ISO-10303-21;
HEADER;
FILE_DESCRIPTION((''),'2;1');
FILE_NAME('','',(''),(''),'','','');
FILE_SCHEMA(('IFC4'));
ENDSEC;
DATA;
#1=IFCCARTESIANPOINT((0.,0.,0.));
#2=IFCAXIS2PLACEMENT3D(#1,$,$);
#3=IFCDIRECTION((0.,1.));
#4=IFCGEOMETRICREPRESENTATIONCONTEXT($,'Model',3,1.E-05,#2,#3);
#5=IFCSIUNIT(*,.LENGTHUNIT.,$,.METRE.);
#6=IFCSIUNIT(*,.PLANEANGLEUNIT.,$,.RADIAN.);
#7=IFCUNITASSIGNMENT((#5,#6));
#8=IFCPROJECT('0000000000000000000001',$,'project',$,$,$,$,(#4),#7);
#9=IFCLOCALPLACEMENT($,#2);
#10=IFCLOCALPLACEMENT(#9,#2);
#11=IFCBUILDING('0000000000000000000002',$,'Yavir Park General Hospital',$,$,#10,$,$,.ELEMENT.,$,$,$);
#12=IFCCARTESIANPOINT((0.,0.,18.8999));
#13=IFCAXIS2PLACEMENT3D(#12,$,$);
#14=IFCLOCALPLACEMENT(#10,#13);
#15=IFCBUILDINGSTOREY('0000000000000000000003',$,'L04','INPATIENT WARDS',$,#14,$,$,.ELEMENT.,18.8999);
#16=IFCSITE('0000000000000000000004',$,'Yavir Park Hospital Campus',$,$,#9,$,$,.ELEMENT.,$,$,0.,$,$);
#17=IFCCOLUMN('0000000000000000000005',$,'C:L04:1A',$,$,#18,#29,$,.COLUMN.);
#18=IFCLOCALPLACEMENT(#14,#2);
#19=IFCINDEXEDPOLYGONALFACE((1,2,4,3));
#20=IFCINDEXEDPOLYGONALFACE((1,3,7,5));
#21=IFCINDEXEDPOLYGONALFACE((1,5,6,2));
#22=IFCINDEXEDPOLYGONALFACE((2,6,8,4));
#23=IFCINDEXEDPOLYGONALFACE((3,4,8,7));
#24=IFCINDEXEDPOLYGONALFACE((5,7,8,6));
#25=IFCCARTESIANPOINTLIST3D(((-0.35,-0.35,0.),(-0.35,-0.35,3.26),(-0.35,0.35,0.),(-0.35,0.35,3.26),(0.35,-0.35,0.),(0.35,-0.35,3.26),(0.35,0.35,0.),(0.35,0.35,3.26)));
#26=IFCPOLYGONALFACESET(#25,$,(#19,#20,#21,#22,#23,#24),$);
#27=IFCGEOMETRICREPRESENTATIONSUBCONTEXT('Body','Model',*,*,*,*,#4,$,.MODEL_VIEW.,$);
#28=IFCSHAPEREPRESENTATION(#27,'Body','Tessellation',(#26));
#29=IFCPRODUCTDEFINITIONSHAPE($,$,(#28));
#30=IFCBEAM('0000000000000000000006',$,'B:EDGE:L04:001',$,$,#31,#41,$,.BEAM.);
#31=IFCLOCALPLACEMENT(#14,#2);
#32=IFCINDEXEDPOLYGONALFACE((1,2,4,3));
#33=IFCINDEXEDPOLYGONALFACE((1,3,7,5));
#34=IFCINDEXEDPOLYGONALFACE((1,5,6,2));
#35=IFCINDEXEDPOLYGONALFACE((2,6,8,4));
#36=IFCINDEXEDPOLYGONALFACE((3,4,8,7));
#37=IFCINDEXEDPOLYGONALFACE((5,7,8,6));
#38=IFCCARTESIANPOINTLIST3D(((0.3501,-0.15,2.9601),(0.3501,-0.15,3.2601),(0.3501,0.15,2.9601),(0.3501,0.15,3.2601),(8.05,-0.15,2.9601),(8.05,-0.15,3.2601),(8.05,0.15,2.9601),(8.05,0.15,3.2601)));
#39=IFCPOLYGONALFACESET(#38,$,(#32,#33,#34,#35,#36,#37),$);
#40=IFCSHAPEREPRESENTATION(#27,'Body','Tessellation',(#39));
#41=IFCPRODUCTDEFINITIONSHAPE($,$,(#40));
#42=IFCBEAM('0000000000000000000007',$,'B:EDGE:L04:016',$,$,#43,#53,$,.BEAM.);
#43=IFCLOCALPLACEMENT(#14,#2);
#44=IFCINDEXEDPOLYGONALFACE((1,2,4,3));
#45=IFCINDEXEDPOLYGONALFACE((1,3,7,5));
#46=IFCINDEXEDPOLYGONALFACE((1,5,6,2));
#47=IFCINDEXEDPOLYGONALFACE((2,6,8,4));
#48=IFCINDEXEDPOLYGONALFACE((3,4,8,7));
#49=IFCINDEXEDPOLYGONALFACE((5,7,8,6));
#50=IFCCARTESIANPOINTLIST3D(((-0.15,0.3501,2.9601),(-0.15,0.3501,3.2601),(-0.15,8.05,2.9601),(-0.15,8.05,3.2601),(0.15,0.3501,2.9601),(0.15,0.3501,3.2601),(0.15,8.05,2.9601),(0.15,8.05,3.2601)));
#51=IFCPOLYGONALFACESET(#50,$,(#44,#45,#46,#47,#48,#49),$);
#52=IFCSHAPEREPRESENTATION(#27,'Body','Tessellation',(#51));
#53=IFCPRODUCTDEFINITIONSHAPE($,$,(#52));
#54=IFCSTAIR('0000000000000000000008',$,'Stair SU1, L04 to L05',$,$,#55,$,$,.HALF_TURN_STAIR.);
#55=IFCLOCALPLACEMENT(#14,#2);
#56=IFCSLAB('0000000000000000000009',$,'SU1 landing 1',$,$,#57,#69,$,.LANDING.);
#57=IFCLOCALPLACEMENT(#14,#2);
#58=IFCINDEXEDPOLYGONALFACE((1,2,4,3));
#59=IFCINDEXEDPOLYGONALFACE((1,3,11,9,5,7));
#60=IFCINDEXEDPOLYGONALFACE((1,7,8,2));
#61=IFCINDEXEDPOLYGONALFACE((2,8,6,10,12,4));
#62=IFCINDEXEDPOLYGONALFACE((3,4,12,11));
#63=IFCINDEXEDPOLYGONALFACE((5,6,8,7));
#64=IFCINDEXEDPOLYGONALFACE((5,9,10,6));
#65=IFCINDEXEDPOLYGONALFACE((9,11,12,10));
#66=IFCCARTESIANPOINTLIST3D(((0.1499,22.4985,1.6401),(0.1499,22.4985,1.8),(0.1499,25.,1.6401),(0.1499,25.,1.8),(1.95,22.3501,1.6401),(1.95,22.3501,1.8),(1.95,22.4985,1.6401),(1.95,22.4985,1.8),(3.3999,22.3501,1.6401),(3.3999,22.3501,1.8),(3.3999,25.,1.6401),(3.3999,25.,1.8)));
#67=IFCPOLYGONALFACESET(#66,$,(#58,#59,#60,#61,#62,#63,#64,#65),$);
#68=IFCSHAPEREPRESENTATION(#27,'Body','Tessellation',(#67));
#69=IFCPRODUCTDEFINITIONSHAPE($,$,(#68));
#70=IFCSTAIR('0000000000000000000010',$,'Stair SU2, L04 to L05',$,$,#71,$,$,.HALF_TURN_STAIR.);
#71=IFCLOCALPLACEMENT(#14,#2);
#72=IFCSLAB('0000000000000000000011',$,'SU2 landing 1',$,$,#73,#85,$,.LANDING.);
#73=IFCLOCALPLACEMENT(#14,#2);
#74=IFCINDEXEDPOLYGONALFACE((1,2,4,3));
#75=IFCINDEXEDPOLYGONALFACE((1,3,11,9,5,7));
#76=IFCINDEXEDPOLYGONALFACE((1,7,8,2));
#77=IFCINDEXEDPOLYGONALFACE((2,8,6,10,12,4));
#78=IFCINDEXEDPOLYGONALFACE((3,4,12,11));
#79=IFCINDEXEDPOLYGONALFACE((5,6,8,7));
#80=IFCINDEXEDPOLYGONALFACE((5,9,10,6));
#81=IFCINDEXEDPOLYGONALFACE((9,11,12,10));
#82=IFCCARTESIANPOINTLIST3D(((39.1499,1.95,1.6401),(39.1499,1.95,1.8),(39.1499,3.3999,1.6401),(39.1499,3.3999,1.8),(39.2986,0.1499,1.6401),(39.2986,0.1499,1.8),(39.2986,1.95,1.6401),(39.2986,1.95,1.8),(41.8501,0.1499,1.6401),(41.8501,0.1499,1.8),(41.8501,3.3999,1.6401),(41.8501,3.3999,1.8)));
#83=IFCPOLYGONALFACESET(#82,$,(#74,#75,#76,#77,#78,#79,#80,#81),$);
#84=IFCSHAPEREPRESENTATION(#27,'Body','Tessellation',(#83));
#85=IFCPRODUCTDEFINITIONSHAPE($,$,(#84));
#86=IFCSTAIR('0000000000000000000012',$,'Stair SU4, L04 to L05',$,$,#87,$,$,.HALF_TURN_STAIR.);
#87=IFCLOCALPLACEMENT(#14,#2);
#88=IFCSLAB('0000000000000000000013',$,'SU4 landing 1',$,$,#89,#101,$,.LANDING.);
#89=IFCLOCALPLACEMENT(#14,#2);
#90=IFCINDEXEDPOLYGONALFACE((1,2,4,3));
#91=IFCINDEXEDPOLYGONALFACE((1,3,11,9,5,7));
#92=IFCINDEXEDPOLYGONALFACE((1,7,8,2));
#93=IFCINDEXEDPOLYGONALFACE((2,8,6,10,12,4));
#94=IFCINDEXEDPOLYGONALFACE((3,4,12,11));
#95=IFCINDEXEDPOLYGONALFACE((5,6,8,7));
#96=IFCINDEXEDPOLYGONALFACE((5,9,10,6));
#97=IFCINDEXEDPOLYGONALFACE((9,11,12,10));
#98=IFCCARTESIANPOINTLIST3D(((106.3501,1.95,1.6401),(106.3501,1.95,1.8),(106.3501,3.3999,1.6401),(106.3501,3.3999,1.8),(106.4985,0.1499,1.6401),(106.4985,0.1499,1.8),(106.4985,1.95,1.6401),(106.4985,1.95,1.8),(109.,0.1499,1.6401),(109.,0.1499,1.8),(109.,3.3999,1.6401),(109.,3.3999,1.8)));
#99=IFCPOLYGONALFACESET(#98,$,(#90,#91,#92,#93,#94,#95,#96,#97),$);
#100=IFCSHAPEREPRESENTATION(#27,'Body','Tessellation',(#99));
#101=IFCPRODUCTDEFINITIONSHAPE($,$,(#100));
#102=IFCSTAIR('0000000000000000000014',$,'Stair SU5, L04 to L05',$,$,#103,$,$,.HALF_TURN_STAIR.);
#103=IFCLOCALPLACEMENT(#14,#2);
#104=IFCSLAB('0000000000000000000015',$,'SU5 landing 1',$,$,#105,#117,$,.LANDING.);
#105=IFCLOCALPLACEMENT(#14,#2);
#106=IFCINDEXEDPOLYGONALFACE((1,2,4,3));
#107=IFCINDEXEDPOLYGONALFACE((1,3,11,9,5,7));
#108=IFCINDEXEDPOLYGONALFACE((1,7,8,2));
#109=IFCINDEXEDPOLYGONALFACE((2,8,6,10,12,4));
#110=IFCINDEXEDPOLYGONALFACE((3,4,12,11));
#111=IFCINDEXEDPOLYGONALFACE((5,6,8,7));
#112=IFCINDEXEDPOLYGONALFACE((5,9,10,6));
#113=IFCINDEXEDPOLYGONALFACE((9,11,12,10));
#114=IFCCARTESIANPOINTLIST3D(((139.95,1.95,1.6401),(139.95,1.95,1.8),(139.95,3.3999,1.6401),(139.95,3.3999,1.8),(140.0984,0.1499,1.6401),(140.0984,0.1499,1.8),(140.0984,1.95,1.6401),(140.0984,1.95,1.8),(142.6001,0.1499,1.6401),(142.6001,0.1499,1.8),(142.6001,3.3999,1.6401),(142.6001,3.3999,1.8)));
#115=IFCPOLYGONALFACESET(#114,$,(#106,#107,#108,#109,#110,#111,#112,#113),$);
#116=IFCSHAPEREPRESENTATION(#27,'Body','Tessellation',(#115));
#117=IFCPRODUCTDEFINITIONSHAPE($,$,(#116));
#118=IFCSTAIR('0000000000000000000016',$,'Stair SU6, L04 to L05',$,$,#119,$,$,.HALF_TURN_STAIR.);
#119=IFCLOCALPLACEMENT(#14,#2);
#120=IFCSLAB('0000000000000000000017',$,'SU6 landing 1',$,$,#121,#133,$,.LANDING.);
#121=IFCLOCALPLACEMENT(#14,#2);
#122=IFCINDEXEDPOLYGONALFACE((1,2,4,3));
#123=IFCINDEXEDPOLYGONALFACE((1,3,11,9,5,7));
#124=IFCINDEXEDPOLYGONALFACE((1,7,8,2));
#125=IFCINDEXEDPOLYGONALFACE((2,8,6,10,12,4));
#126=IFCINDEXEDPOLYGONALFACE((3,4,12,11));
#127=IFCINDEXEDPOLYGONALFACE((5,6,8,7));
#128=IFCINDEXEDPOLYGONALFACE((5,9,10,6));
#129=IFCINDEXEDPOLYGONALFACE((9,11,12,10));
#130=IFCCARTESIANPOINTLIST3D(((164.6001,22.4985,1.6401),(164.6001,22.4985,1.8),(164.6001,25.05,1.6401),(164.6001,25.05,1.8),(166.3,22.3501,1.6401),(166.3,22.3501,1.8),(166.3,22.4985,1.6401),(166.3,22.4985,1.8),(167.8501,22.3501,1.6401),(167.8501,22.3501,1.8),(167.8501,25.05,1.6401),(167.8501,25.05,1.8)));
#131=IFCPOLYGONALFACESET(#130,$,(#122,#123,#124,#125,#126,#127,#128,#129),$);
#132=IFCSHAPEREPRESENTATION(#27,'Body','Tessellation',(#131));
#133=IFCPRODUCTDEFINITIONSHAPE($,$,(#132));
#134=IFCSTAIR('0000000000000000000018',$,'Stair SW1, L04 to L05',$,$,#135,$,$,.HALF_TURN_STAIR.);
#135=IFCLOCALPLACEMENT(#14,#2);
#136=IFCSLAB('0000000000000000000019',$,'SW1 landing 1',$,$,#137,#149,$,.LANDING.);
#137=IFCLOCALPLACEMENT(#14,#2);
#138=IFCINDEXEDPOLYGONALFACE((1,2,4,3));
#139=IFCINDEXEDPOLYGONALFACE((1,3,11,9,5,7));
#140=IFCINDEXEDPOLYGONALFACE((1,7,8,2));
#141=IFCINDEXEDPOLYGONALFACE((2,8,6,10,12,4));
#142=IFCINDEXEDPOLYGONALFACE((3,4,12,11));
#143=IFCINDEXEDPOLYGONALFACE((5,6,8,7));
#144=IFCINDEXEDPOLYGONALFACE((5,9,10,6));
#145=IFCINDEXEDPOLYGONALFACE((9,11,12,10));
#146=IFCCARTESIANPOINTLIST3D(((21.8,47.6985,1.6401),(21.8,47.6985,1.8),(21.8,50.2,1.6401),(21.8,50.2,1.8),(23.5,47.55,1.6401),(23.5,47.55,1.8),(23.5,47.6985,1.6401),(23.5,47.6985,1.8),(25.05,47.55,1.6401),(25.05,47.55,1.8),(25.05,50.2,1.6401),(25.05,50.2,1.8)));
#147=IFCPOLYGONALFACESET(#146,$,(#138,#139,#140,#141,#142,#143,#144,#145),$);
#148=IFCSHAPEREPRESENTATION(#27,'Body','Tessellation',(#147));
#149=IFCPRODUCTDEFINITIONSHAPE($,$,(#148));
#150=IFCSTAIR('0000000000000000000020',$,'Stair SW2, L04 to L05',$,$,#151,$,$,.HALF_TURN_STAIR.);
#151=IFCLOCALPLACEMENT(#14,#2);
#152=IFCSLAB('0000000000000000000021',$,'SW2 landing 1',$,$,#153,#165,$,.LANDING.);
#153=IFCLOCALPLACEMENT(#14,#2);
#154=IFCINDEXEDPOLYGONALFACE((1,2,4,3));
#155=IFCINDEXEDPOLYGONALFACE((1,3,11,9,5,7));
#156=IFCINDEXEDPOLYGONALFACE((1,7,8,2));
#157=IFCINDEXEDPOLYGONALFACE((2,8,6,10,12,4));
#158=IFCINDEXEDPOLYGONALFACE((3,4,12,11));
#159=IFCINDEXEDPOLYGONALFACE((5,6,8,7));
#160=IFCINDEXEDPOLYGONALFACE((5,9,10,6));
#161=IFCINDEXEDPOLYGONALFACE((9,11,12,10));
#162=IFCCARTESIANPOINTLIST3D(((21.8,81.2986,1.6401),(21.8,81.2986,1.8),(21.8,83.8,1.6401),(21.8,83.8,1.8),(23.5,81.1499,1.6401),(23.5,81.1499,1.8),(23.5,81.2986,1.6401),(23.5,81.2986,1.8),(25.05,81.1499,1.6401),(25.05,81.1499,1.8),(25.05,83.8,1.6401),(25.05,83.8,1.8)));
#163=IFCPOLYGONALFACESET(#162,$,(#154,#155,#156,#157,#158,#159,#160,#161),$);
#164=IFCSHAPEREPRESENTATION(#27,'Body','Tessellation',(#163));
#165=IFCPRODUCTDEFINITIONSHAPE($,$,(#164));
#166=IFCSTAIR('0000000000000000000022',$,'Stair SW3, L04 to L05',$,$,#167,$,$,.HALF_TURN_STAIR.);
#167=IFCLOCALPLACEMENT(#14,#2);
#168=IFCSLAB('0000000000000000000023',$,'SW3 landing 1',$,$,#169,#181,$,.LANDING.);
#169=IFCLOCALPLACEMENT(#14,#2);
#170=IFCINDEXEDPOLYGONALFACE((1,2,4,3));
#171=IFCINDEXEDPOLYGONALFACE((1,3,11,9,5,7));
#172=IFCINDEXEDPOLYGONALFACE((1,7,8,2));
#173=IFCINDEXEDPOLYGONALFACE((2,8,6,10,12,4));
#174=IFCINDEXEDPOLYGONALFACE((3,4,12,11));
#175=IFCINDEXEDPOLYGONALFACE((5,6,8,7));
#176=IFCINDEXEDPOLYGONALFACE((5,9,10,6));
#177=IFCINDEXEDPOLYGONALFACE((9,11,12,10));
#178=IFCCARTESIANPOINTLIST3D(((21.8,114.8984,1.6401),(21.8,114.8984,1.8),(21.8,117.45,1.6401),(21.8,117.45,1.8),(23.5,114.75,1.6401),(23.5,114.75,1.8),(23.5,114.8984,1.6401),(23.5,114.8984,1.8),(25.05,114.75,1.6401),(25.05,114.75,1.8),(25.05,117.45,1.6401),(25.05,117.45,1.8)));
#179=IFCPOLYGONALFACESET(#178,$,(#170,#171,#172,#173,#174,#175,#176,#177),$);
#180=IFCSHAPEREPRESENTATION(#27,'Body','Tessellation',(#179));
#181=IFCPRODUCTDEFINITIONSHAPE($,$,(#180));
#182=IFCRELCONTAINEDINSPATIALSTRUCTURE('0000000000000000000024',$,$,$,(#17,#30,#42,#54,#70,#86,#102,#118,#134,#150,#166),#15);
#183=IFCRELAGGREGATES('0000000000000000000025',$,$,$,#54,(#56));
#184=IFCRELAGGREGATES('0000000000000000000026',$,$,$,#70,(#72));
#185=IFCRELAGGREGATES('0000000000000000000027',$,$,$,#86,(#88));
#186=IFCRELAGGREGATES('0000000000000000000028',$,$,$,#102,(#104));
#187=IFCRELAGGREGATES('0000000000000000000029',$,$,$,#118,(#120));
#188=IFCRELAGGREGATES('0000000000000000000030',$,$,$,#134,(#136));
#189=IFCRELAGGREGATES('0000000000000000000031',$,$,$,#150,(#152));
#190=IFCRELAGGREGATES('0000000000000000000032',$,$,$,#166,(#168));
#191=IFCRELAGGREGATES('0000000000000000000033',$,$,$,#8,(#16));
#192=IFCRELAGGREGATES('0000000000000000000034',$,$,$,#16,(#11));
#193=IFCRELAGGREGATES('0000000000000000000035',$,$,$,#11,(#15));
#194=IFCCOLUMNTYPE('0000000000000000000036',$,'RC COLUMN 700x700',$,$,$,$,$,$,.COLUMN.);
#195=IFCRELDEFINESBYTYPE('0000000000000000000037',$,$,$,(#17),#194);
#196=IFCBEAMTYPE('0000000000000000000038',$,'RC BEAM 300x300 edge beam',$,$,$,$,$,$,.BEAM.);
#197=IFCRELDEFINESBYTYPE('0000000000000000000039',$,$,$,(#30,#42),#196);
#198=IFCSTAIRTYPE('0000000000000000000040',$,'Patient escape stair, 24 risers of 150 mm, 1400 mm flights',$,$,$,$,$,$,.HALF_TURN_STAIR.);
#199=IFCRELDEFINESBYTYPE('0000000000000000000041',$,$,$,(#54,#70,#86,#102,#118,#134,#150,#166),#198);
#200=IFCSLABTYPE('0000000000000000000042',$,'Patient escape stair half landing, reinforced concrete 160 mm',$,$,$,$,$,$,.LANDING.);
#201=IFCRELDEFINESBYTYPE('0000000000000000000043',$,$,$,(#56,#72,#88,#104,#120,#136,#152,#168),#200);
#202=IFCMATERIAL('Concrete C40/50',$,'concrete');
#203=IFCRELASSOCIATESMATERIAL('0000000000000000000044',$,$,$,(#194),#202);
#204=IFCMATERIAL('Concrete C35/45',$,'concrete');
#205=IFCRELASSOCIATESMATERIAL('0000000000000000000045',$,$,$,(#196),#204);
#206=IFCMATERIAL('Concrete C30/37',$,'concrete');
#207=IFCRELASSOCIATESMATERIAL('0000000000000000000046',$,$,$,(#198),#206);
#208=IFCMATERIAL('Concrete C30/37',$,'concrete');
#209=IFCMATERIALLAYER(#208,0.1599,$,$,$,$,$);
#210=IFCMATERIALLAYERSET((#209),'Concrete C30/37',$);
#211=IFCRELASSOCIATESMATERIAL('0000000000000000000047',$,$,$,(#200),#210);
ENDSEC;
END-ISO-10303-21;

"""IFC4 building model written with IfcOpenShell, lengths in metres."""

from ifc_helpers import new_model, si_unit, direction, frame, origin, origin_with_axes, origin_2d, place, context, subcontext, project, spatial, polyline, rectangle, outline, extrude, material, layer, layer_set, material_profile, profile_set, type_object, element, aggregate, save


model = new_model("IFC4")

# Units and contexts
model_context = context("Model", 3, precision=1e-05, world=origin(), true_north=direction((0.0, 1.0)))
body_context = subcontext(model_context, "Body", "Model", "MODEL_VIEW")
ifc_project = project(units=[si_unit("LENGTHUNIT", "METRE"), si_unit("PLANEANGLEUNIT", "RADIAN")], contexts=[model_context])

# Site, building, storey
site_placement = place(None, origin())
site = spatial("IfcSite", under=ifc_project, at=site_placement, Name="Yavir Park Hospital Campus", CompositionType="ELEMENT", RefElevation=0.0)
building_placement = place(site_placement, origin())
building = spatial("IfcBuilding", under=site, at=building_placement, Name="Yavir Park General Hospital", CompositionType="ELEMENT")
storey_placement = place(building_placement, frame((0.0, 0.0, 18.8999)))
storey = spatial("IfcBuildingStorey", under=building, at=storey_placement, Name="L04", Description="INPATIENT WARDS", CompositionType="ELEMENT", Elevation=18.8999)

# Column
ifc_material_1 = material(Name="Concrete C40/50", Category="concrete")
ifc_material_profile_1 = material_profile(ifc_material_1, rectangle(XDim=0.7, YDim=0.7, at=origin_2d()), Name="RC700x700")
ifc_profile_set_1 = profile_set([ifc_material_profile_1], Name="Concrete C40/50")
column_type = type_object("IfcColumnType", Name="RC COLUMN 700x700", PredefinedType="COLUMN", material=ifc_profile_set_1)
column_placement = place(storey_placement, origin_with_axes())
element("IfcColumn", 1, at=column_placement, inside=storey, type_object=column_type, Name="C:L04:1A", PredefinedType="COLUMN", context=body_context, shape_type="SweptSolid", body=[
    extrude(rectangle(XDim=0.7, YDim=0.7, at=origin_2d()), origin(), (0.0, 0.0, 1.0), 3.26),
])

# Beams
ifc_material_2 = material(Name="Concrete C35/45", Category="concrete")
ifc_material_profile_2 = material_profile(ifc_material_2, rectangle(XDim=0.3, YDim=0.3, at=origin_2d()), Name="RC300x300")
ifc_profile_set_2 = profile_set([ifc_material_profile_2], Name="Concrete C35/45")
beam_type = type_object("IfcBeamType", Name="RC BEAM 300x300 edge beam", PredefinedType="BEAM", material=ifc_profile_set_2)
for number, where, z_axis, x_axis, name in (
    (2, (0.3501, 0.0, 3.1101), (1.0, 0.0, 0.0), (0.0, 1.0, 0.0), "B:EDGE:L04:001"),
    (3, (0.0, 0.3501, 3.1101), (0.0, 1.0, 0.0), (-1.0, 0.0, 0.0), "B:EDGE:L04:016"),
):
    element("IfcBeam", number, at=place(storey_placement, frame(where, z_axis=z_axis, x_axis=x_axis)), inside=storey, type_object=beam_type, Name=name, PredefinedType="BEAM", context=body_context, shape_type="SweptSolid", body=[
        extrude(rectangle(XDim=0.3, YDim=0.3, at=origin_2d()), origin(), (0.0, 0.0, 1.0), 7.7),
    ])

# Stairs, slabs
ifc_material_3 = material(Name="Concrete C30/37", Category="concrete")
stair_type = type_object("IfcStairType", Name="Patient escape stair, 24 risers of 150 mm, 1400 mm flights", PredefinedType="HALF_TURN_STAIR", material=ifc_material_3)
stair_1_placement = place(storey_placement, origin())
stair_1 = element("IfcStair", 4, at=stair_1_placement, inside=storey, type_object=stair_type, Name="Stair SU1, L04 to L05", PredefinedType="HALF_TURN_STAIR")
ifc_material_4 = material(Name="Concrete C30/37", Category="concrete")
ifc_layer_1 = layer(ifc_material_4, 0.1599)
ifc_layer_set_1 = layer_set([ifc_layer_1], Name="Concrete C30/37")
slab_type_1 = type_object("IfcSlabType", Name="Patient escape stair half landing, reinforced concrete 160 mm", PredefinedType="LANDING", material=ifc_layer_set_1)
slab_1_placement = place(storey_placement, frame((0.0, 0.0, 1.6401)))
slab_1 = element("IfcSlab", 5, at=slab_1_placement, type_object=slab_type_1, Name="SU1 landing 1", PredefinedType="LANDING", context=body_context, shape_type="SweptSolid", body=[
    extrude(outline(polyline([(0.1499, 22.4985), (0.1499, 25.0), (3.3999, 25.0), (3.3999, 22.3501), (1.95, 22.3501), (1.95, 22.4985), (0.1499, 22.4985)])), origin(), (0.0, 0.0, 1.0), 0.1599),
])
aggregate(stair_1, [slab_1])
stair_2_placement = place(storey_placement, origin())
stair_2 = element("IfcStair", 6, at=stair_2_placement, inside=storey, type_object=stair_type, Name="Stair SU2, L04 to L05", PredefinedType="HALF_TURN_STAIR")
slab_2_placement = place(storey_placement, frame((0.0, 0.0, 1.6401)))
slab_2 = element("IfcSlab", 7, at=slab_2_placement, type_object=slab_type_1, Name="SU2 landing 1", PredefinedType="LANDING", context=body_context, shape_type="SweptSolid", body=[
    extrude(outline(polyline([(39.2986, 0.1499), (41.8501, 0.1499), (41.8501, 3.3999), (39.1499, 3.3999), (39.1499, 1.95), (39.2986, 1.95), (39.2986, 0.1499)])), origin(), (0.0, 0.0, 1.0), 0.1599),
])
aggregate(stair_2, [slab_2])
stair_3_placement = place(storey_placement, origin())
stair_3 = element("IfcStair", 8, at=stair_3_placement, inside=storey, type_object=stair_type, Name="Stair SU4, L04 to L05", PredefinedType="HALF_TURN_STAIR")
slab_3_placement = place(storey_placement, frame((0.0, 0.0, 1.6401)))
slab_3 = element("IfcSlab", 9, at=slab_3_placement, type_object=slab_type_1, Name="SU4 landing 1", PredefinedType="LANDING", context=body_context, shape_type="SweptSolid", body=[
    extrude(outline(polyline([(106.4985, 0.1499), (109.0, 0.1499), (109.0, 3.3999), (106.3501, 3.3999), (106.3501, 1.95), (106.4985, 1.95), (106.4985, 0.1499)])), origin(), (0.0, 0.0, 1.0), 0.1599),
])
aggregate(stair_3, [slab_3])
stair_4_placement = place(storey_placement, origin())
stair_4 = element("IfcStair", 10, at=stair_4_placement, inside=storey, type_object=stair_type, Name="Stair SU5, L04 to L05", PredefinedType="HALF_TURN_STAIR")
slab_4_placement = place(storey_placement, frame((0.0, 0.0, 1.6401)))
slab_4 = element("IfcSlab", 11, at=slab_4_placement, type_object=slab_type_1, Name="SU5 landing 1", PredefinedType="LANDING", context=body_context, shape_type="SweptSolid", body=[
    extrude(outline(polyline([(140.0984, 0.1499), (142.6001, 0.1499), (142.6001, 3.3999), (139.95, 3.3999), (139.95, 1.95), (140.0984, 1.95), (140.0984, 0.1499)])), origin(), (0.0, 0.0, 1.0), 0.1599),
])
aggregate(stair_4, [slab_4])
stair_5_placement = place(storey_placement, origin())
stair_5 = element("IfcStair", 12, at=stair_5_placement, inside=storey, type_object=stair_type, Name="Stair SU6, L04 to L05", PredefinedType="HALF_TURN_STAIR")
slab_5_placement = place(storey_placement, frame((0.0, 0.0, 1.6401)))
slab_5 = element("IfcSlab", 13, at=slab_5_placement, type_object=slab_type_1, Name="SU6 landing 1", PredefinedType="LANDING", context=body_context, shape_type="SweptSolid", body=[
    extrude(outline(polyline([(164.6001, 22.4985), (164.6001, 25.05), (167.8501, 25.05), (167.8501, 22.3501), (166.3, 22.3501), (166.3, 22.4985), (164.6001, 22.4985)])), origin(), (0.0, 0.0, 1.0), 0.1599),
])
aggregate(stair_5, [slab_5])
stair_6_placement = place(storey_placement, origin())
stair_6 = element("IfcStair", 14, at=stair_6_placement, inside=storey, type_object=stair_type, Name="Stair SW1, L04 to L05", PredefinedType="HALF_TURN_STAIR")
slab_6_placement = place(storey_placement, frame((0.0, 0.0, 1.6401)))
slab_6 = element("IfcSlab", 15, at=slab_6_placement, type_object=slab_type_1, Name="SW1 landing 1", PredefinedType="LANDING", context=body_context, shape_type="SweptSolid", body=[
    extrude(outline(polyline([(21.8, 47.6985), (21.8, 50.2), (25.05, 50.2), (25.05, 47.55), (23.5, 47.55), (23.5, 47.6985), (21.8, 47.6985)])), origin(), (0.0, 0.0, 1.0), 0.1599),
])
aggregate(stair_6, [slab_6])
stair_7_placement = place(storey_placement, origin())
stair_7 = element("IfcStair", 16, at=stair_7_placement, inside=storey, type_object=stair_type, Name="Stair SW2, L04 to L05", PredefinedType="HALF_TURN_STAIR")
slab_7_placement = place(storey_placement, frame((0.0, 0.0, 1.6401)))
slab_7 = element("IfcSlab", 17, at=slab_7_placement, type_object=slab_type_1, Name="SW2 landing 1", PredefinedType="LANDING", context=body_context, shape_type="SweptSolid", body=[
    extrude(outline(polyline([(21.8, 81.2986), (21.8, 83.8), (25.05, 83.8), (25.05, 81.1499), (23.5, 81.1499), (23.5, 81.2986), (21.8, 81.2986)])), origin(), (0.0, 0.0, 1.0), 0.1599),
])
aggregate(stair_7, [slab_7])
stair_8_placement = place(storey_placement, origin())
stair_8 = element("IfcStair", 18, at=stair_8_placement, inside=storey, type_object=stair_type, Name="Stair SW3, L04 to L05", PredefinedType="HALF_TURN_STAIR")
slab_8_placement = place(storey_placement, frame((0.0, 0.0, 1.6401)))
slab_8 = element("IfcSlab", 19, at=slab_8_placement, type_object=slab_type_1, Name="SW3 landing 1", PredefinedType="LANDING", context=body_context, shape_type="SweptSolid", body=[
    extrude(outline(polyline([(21.8, 114.8984), (21.8, 117.45), (25.05, 117.45), (25.05, 114.75), (23.5, 114.75), (23.5, 114.8984), (21.8, 114.8984)])), origin(), (0.0, 0.0, 1.0), 0.1599),
])
aggregate(stair_8, [slab_8])

save(model, "model.ifc")
